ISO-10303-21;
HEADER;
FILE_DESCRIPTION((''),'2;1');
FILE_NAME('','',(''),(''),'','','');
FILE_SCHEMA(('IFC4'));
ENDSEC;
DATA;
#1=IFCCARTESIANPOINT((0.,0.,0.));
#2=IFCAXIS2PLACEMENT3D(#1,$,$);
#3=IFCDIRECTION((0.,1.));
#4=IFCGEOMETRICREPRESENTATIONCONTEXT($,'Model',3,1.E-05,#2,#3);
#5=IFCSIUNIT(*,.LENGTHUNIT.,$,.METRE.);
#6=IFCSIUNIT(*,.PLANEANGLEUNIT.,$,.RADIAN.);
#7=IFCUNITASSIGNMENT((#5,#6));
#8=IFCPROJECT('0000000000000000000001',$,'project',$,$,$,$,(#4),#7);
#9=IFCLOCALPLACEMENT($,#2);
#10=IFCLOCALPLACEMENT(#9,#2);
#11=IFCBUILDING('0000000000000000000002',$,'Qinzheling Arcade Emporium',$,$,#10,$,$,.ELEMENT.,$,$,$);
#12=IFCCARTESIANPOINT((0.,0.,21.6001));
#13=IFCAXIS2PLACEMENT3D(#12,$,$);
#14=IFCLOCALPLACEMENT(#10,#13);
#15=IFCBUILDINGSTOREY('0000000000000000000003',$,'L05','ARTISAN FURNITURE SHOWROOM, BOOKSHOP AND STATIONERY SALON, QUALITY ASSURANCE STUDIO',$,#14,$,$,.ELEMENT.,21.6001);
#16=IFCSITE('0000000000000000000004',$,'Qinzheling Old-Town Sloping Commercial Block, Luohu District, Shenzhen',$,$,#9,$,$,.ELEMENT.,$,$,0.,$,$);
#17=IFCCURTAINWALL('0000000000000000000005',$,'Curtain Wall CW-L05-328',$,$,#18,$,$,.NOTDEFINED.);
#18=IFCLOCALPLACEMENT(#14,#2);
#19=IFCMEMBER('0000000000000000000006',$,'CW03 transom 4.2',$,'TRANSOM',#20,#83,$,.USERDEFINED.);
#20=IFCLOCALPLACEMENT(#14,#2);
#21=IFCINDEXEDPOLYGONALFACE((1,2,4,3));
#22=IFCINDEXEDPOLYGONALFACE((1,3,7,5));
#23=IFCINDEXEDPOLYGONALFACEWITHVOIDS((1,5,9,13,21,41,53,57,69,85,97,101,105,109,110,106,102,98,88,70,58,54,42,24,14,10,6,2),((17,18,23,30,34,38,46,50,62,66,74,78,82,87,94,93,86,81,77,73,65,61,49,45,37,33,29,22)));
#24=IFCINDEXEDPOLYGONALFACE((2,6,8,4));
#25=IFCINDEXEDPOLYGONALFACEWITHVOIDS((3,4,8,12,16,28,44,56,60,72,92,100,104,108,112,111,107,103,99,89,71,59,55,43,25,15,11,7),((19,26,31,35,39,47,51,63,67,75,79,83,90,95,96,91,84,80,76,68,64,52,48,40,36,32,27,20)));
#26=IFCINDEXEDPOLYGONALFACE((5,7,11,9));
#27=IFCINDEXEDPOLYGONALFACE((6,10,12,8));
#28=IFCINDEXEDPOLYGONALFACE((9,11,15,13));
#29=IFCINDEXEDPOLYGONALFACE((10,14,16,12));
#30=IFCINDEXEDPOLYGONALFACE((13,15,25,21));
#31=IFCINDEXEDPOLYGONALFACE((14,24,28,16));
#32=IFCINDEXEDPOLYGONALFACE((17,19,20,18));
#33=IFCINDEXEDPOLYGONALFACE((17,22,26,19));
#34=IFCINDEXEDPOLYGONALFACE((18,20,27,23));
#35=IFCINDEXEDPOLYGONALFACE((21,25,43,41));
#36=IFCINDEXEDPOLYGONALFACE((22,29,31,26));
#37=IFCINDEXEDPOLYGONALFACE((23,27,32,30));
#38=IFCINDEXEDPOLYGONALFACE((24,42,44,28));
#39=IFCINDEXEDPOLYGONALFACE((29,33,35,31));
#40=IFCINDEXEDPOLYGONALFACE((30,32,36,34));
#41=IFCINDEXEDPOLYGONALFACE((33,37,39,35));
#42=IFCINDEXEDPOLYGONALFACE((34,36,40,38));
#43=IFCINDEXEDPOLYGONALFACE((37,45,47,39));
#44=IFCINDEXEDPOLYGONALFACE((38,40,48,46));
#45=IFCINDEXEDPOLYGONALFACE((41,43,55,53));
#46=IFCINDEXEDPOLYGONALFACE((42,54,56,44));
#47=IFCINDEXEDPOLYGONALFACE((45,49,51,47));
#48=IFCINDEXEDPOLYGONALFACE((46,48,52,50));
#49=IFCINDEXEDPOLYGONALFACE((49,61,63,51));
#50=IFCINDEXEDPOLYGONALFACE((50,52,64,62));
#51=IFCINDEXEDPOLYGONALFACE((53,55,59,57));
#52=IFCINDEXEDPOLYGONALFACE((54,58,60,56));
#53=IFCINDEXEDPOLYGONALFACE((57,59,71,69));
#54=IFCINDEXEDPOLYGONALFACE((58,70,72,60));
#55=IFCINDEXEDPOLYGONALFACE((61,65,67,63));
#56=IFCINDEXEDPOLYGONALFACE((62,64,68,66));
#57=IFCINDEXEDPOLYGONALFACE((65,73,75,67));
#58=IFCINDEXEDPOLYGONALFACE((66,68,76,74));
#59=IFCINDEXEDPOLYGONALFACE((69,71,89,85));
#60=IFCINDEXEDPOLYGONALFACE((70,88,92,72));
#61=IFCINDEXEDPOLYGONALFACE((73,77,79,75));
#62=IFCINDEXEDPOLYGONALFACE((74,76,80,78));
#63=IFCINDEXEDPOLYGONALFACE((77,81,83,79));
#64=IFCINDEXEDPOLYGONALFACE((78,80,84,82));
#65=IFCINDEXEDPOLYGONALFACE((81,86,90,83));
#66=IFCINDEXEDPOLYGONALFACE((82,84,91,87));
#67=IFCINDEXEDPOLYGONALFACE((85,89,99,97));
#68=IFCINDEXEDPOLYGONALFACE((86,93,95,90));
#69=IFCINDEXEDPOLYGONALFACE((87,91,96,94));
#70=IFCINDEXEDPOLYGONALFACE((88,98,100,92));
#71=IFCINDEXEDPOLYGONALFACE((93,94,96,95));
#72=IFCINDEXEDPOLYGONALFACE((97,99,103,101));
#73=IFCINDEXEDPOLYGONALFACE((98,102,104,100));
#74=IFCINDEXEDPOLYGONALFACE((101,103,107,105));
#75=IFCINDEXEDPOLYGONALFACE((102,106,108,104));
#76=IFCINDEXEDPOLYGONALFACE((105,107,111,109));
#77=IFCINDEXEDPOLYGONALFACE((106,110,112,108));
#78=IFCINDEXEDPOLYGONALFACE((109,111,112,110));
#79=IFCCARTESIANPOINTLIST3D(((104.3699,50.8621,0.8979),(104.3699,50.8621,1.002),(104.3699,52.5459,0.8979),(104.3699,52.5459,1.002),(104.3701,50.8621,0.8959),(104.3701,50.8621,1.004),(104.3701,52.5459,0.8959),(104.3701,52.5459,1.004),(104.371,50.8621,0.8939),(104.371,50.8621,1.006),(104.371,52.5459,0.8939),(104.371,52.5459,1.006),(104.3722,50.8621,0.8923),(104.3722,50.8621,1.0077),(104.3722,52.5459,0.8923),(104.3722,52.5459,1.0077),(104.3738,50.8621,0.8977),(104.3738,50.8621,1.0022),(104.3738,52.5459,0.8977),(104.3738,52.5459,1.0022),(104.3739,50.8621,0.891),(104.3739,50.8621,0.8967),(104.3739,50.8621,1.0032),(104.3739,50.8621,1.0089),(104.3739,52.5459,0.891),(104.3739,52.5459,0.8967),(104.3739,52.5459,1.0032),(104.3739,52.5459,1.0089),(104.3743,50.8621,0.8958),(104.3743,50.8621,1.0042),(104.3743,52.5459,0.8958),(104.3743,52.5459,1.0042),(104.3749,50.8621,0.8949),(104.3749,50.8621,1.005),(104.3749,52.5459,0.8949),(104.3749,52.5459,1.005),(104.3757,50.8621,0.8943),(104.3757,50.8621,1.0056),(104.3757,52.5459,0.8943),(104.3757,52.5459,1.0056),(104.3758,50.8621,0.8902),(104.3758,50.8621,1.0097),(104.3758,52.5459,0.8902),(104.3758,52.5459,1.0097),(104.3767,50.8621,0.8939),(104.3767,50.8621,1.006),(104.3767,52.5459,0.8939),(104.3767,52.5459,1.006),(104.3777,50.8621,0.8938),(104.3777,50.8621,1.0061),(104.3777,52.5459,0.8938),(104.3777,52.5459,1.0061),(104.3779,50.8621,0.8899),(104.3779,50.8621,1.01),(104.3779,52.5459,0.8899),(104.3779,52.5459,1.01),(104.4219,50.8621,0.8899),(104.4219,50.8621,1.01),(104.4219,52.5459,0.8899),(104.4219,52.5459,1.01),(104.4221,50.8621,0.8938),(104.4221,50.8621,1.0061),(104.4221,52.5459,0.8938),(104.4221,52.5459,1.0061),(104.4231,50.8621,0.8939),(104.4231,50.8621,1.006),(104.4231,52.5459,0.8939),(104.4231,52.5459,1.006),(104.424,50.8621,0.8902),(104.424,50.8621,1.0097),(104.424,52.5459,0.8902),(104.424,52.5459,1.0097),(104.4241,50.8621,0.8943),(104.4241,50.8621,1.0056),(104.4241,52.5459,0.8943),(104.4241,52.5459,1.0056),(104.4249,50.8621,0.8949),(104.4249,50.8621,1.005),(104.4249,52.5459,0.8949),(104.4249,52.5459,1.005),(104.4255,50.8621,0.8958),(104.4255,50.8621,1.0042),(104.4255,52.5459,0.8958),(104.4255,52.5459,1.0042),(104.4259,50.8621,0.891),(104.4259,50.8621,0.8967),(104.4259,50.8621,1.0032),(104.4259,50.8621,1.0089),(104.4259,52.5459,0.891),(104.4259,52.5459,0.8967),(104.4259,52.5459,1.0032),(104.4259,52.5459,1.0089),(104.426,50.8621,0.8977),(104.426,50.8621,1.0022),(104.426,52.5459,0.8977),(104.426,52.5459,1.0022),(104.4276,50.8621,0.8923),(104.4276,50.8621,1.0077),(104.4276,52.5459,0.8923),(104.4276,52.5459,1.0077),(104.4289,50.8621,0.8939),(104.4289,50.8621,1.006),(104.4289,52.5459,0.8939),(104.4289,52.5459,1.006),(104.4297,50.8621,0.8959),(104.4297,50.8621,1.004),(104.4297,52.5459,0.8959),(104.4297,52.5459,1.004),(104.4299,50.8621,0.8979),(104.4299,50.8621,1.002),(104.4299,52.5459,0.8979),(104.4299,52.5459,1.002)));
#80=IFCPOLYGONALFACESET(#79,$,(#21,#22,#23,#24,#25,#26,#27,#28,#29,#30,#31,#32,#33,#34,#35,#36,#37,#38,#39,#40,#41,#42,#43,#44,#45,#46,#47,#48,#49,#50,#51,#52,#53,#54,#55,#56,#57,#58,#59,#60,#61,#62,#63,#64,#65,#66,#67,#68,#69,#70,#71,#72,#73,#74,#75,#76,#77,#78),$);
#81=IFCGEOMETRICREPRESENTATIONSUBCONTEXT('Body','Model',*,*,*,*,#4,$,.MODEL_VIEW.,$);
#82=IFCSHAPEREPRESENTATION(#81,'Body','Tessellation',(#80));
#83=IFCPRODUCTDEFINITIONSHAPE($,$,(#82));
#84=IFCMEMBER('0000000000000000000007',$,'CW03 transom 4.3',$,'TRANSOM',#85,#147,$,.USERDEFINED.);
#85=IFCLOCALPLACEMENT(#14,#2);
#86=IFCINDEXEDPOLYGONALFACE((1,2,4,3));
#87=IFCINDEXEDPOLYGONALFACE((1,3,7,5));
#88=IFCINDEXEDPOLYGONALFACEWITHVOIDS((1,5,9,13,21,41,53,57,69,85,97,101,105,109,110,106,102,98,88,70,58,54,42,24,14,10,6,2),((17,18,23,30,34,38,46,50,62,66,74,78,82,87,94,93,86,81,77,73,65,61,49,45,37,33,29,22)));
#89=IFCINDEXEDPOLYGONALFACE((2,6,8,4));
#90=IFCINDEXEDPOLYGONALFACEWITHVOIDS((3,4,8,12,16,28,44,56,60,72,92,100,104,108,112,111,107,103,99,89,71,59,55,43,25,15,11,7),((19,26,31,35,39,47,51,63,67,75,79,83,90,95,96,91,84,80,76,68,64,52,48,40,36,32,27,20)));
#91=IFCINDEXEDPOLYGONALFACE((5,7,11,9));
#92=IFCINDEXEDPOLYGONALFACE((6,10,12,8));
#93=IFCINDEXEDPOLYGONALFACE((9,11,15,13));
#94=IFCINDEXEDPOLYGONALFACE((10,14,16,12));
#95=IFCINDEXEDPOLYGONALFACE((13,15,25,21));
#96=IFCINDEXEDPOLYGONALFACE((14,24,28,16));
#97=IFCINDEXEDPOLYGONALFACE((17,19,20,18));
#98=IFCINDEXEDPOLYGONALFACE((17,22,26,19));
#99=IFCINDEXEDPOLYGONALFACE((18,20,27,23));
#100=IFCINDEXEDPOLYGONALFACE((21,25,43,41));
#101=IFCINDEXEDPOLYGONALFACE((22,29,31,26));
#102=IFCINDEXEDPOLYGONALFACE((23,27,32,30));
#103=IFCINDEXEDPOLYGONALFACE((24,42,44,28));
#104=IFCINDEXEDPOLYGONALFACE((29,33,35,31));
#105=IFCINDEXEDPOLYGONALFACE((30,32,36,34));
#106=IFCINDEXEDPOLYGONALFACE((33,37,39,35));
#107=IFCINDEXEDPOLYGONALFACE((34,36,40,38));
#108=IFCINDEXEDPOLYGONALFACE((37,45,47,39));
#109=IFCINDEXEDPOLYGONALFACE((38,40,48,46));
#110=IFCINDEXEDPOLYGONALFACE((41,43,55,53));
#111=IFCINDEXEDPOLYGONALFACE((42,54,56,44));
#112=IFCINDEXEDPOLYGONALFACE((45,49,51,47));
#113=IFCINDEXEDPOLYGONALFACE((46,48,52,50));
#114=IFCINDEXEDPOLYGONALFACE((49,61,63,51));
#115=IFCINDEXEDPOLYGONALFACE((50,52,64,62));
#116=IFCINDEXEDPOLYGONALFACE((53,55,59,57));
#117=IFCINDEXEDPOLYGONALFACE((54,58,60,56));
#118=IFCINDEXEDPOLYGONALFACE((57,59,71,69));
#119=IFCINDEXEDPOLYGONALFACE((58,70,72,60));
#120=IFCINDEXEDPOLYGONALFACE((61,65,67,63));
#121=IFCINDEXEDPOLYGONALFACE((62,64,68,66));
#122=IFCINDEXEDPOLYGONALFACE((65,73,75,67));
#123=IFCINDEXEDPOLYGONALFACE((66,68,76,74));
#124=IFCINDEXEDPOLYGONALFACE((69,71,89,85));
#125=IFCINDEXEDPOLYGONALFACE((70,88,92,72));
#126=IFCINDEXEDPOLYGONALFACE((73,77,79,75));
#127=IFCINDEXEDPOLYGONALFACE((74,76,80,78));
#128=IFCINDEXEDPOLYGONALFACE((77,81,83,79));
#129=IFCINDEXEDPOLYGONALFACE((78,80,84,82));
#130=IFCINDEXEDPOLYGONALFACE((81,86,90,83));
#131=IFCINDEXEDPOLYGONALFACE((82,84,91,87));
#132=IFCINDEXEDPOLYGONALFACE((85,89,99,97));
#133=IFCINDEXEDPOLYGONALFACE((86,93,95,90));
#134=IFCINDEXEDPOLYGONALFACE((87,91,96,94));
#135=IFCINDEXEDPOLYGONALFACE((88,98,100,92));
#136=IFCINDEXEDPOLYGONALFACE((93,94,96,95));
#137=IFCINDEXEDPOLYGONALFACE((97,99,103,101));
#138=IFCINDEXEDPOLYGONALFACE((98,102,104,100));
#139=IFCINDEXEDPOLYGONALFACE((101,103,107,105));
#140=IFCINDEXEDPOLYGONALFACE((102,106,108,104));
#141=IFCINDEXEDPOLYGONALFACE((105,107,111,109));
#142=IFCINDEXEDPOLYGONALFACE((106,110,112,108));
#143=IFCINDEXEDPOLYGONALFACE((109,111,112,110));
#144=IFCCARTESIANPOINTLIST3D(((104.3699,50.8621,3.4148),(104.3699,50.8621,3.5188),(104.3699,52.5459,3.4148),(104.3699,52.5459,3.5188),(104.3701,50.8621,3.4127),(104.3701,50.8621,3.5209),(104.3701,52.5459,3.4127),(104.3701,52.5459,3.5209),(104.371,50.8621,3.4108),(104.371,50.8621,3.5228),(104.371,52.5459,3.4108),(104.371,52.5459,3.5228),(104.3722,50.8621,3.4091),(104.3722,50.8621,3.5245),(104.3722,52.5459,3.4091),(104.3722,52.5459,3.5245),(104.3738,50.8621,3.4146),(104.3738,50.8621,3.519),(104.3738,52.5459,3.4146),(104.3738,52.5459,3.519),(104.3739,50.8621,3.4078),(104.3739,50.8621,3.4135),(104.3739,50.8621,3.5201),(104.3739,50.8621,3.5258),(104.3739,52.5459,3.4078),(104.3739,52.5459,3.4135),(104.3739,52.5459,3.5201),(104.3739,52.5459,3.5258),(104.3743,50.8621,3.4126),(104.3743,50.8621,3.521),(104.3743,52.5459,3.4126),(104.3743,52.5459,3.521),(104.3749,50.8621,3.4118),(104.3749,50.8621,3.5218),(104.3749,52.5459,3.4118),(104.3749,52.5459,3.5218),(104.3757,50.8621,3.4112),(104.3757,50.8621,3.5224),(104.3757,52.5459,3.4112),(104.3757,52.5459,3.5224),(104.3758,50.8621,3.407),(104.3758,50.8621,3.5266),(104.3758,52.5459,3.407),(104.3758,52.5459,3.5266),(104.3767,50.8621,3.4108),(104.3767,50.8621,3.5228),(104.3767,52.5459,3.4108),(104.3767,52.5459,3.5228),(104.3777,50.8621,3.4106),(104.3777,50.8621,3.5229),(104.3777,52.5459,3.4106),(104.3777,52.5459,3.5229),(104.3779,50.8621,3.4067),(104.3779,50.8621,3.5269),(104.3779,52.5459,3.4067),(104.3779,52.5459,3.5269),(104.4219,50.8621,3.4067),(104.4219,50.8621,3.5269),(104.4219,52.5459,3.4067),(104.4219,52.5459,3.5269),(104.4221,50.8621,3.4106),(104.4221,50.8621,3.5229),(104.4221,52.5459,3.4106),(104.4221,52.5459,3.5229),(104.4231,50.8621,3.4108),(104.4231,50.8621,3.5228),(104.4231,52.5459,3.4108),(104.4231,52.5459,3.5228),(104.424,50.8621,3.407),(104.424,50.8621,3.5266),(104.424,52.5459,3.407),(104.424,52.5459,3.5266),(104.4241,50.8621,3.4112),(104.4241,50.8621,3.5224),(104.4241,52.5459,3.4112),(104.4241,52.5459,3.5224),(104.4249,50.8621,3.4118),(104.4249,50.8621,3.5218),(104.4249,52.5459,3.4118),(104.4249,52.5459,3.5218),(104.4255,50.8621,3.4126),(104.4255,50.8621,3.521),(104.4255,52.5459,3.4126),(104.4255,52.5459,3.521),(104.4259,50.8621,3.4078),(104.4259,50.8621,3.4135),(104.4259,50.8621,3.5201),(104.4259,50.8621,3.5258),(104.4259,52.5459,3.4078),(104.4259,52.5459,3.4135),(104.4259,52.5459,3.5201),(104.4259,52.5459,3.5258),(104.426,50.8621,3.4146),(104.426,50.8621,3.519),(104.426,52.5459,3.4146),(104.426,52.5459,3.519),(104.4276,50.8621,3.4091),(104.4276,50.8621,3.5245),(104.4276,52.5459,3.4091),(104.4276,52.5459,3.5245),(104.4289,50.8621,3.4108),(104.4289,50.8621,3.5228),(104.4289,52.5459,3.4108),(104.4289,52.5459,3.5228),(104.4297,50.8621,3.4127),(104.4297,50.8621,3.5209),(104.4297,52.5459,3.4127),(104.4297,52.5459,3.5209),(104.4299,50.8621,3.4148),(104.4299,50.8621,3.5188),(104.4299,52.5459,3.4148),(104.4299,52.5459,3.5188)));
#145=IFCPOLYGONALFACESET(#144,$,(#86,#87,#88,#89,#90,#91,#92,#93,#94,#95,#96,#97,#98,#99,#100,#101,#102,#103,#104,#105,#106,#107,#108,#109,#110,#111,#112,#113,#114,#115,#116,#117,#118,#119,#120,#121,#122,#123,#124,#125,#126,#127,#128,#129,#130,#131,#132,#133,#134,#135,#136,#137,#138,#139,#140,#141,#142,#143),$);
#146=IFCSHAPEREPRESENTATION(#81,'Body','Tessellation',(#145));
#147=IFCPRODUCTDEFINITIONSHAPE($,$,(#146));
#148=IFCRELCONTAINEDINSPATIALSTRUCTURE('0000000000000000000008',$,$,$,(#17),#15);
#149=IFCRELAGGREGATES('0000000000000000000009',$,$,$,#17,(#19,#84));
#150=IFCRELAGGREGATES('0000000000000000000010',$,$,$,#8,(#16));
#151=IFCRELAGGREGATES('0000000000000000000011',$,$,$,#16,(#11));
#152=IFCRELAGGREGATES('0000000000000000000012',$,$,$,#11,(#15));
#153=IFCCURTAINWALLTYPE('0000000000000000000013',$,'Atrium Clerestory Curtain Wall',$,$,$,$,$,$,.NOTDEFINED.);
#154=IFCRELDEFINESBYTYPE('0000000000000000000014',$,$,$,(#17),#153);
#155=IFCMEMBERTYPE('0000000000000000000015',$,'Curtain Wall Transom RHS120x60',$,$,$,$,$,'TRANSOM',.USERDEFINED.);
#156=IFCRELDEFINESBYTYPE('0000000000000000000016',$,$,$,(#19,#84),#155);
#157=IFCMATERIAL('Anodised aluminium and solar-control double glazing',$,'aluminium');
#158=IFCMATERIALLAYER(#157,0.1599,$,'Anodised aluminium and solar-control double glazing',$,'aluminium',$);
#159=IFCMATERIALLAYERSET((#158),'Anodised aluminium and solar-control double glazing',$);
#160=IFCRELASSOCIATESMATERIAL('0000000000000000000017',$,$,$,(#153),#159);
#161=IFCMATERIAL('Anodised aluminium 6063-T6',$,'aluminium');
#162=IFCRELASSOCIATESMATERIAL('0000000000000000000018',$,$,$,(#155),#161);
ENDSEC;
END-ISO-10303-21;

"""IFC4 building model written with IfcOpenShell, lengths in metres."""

from ifc_helpers import new_model, si_unit, direction, frame, origin, origin_2d, place, context, subcontext, project, spatial, hollow_rectangle, extrude, material, layer, layer_set, material_profile, profile_set, type_object, element, aggregate, save


model = new_model("IFC4")

# Units and contexts
model_context = context("Model", 3, precision=1e-05, world=origin(), true_north=direction((0.0, 1.0)))
body_context = subcontext(model_context, "Body", "Model", "MODEL_VIEW")
ifc_project = project(units=[si_unit("LENGTHUNIT", "METRE"), si_unit("PLANEANGLEUNIT", "RADIAN")], contexts=[model_context])

# Site, building, storey
site_placement = place(None, origin())
site = spatial("IfcSite", under=ifc_project, at=site_placement, Name="Qinzheling Old-Town Sloping Commercial Block, Luohu District, Shenzhen", CompositionType="ELEMENT", RefElevation=0.0)
building_placement = place(site_placement, origin())
building = spatial("IfcBuilding", under=site, at=building_placement, Name="Qinzheling Arcade Emporium", CompositionType="ELEMENT")
storey_placement = place(building_placement, frame((0.0, 0.0, 21.6001)))
storey = spatial("IfcBuildingStorey", under=building, at=storey_placement, Name="L05", Description="ARTISAN FURNITURE SHOWROOM, BOOKSHOP AND STATIONERY SALON, QUALITY ASSURANCE STUDIO", CompositionType="ELEMENT", Elevation=21.6001)

# Curtain wall, members
ifc_material_1 = material(Name="Anodised aluminium and solar-control double glazing", Category="aluminium")
ifc_layer_1 = layer(ifc_material_1, 0.1599, Name="Anodised aluminium and solar-control double glazing", Category="aluminium")
ifc_layer_set_1 = layer_set([ifc_layer_1], Name="Anodised aluminium and solar-control double glazing")
curtain_wall_type = type_object("IfcCurtainWallType", Name="Atrium Clerestory Curtain Wall", PredefinedType="NOTDEFINED", material=ifc_layer_set_1)
curtain_wall_placement = place(storey_placement, origin())
curtain_wall = element("IfcCurtainWall", 1, at=curtain_wall_placement, inside=storey, type_object=curtain_wall_type, Name="Curtain Wall CW-L05-328", PredefinedType="NOTDEFINED")
ifc_material_2 = material(Name="Anodised aluminium 6063-T6", Category="aluminium")
ifc_material_profile_1 = material_profile(ifc_material_2, hollow_rectangle(XDim=0.0601, YDim=0.1201, WallThickness=0.0039, InnerFilletRadius=0.0039, OuterFilletRadius=0.0081, at=origin_2d()), Name="RHS 120x60x4", Category="aluminium")
ifc_profile_set_1 = profile_set([ifc_material_profile_1], Name="Anodised aluminium 6063-T6")
member_type_1 = type_object("IfcMemberType", Name="Curtain Wall Transom RHS120x60", ElementType="TRANSOM", PredefinedType="USERDEFINED", material=ifc_profile_set_1)
member_1_placement = place(storey_placement, frame((104.3999, 52.5459, 0.95), z_axis=(0.0, -1.0, 0.0), x_axis=(1.0, 0.0, 0.0)))
member_1 = element("IfcMember", 2, at=member_1_placement, type_object=member_type_1, Name="CW03 transom 4.2", ObjectType="TRANSOM", PredefinedType="USERDEFINED", context=body_context, shape_type="SweptSolid", body=[
    extrude(hollow_rectangle(XDim=0.0601, YDim=0.1201, WallThickness=0.0039, InnerFilletRadius=0.0039, OuterFilletRadius=0.0081, at=origin_2d()), origin(), (0.0, 0.0, 1.0), 1.6838),
])
member_2_placement = place(storey_placement, frame((104.3999, 52.5459, 3.4668), z_axis=(0.0, -1.0, 0.0), x_axis=(1.0, 0.0, 0.0)))
member_2 = element("IfcMember", 3, at=member_2_placement, type_object=member_type_1, Name="CW03 transom 4.3", ObjectType="TRANSOM", PredefinedType="USERDEFINED", context=body_context, shape_type="SweptSolid", body=[
    extrude(hollow_rectangle(XDim=0.0601, YDim=0.1201, WallThickness=0.0039, InnerFilletRadius=0.0039, OuterFilletRadius=0.0081, at=origin_2d()), origin(), (0.0, 0.0, 1.0), 1.6838),
])
aggregate(curtain_wall, [member_1, member_2])

save(model, "model.ifc")
